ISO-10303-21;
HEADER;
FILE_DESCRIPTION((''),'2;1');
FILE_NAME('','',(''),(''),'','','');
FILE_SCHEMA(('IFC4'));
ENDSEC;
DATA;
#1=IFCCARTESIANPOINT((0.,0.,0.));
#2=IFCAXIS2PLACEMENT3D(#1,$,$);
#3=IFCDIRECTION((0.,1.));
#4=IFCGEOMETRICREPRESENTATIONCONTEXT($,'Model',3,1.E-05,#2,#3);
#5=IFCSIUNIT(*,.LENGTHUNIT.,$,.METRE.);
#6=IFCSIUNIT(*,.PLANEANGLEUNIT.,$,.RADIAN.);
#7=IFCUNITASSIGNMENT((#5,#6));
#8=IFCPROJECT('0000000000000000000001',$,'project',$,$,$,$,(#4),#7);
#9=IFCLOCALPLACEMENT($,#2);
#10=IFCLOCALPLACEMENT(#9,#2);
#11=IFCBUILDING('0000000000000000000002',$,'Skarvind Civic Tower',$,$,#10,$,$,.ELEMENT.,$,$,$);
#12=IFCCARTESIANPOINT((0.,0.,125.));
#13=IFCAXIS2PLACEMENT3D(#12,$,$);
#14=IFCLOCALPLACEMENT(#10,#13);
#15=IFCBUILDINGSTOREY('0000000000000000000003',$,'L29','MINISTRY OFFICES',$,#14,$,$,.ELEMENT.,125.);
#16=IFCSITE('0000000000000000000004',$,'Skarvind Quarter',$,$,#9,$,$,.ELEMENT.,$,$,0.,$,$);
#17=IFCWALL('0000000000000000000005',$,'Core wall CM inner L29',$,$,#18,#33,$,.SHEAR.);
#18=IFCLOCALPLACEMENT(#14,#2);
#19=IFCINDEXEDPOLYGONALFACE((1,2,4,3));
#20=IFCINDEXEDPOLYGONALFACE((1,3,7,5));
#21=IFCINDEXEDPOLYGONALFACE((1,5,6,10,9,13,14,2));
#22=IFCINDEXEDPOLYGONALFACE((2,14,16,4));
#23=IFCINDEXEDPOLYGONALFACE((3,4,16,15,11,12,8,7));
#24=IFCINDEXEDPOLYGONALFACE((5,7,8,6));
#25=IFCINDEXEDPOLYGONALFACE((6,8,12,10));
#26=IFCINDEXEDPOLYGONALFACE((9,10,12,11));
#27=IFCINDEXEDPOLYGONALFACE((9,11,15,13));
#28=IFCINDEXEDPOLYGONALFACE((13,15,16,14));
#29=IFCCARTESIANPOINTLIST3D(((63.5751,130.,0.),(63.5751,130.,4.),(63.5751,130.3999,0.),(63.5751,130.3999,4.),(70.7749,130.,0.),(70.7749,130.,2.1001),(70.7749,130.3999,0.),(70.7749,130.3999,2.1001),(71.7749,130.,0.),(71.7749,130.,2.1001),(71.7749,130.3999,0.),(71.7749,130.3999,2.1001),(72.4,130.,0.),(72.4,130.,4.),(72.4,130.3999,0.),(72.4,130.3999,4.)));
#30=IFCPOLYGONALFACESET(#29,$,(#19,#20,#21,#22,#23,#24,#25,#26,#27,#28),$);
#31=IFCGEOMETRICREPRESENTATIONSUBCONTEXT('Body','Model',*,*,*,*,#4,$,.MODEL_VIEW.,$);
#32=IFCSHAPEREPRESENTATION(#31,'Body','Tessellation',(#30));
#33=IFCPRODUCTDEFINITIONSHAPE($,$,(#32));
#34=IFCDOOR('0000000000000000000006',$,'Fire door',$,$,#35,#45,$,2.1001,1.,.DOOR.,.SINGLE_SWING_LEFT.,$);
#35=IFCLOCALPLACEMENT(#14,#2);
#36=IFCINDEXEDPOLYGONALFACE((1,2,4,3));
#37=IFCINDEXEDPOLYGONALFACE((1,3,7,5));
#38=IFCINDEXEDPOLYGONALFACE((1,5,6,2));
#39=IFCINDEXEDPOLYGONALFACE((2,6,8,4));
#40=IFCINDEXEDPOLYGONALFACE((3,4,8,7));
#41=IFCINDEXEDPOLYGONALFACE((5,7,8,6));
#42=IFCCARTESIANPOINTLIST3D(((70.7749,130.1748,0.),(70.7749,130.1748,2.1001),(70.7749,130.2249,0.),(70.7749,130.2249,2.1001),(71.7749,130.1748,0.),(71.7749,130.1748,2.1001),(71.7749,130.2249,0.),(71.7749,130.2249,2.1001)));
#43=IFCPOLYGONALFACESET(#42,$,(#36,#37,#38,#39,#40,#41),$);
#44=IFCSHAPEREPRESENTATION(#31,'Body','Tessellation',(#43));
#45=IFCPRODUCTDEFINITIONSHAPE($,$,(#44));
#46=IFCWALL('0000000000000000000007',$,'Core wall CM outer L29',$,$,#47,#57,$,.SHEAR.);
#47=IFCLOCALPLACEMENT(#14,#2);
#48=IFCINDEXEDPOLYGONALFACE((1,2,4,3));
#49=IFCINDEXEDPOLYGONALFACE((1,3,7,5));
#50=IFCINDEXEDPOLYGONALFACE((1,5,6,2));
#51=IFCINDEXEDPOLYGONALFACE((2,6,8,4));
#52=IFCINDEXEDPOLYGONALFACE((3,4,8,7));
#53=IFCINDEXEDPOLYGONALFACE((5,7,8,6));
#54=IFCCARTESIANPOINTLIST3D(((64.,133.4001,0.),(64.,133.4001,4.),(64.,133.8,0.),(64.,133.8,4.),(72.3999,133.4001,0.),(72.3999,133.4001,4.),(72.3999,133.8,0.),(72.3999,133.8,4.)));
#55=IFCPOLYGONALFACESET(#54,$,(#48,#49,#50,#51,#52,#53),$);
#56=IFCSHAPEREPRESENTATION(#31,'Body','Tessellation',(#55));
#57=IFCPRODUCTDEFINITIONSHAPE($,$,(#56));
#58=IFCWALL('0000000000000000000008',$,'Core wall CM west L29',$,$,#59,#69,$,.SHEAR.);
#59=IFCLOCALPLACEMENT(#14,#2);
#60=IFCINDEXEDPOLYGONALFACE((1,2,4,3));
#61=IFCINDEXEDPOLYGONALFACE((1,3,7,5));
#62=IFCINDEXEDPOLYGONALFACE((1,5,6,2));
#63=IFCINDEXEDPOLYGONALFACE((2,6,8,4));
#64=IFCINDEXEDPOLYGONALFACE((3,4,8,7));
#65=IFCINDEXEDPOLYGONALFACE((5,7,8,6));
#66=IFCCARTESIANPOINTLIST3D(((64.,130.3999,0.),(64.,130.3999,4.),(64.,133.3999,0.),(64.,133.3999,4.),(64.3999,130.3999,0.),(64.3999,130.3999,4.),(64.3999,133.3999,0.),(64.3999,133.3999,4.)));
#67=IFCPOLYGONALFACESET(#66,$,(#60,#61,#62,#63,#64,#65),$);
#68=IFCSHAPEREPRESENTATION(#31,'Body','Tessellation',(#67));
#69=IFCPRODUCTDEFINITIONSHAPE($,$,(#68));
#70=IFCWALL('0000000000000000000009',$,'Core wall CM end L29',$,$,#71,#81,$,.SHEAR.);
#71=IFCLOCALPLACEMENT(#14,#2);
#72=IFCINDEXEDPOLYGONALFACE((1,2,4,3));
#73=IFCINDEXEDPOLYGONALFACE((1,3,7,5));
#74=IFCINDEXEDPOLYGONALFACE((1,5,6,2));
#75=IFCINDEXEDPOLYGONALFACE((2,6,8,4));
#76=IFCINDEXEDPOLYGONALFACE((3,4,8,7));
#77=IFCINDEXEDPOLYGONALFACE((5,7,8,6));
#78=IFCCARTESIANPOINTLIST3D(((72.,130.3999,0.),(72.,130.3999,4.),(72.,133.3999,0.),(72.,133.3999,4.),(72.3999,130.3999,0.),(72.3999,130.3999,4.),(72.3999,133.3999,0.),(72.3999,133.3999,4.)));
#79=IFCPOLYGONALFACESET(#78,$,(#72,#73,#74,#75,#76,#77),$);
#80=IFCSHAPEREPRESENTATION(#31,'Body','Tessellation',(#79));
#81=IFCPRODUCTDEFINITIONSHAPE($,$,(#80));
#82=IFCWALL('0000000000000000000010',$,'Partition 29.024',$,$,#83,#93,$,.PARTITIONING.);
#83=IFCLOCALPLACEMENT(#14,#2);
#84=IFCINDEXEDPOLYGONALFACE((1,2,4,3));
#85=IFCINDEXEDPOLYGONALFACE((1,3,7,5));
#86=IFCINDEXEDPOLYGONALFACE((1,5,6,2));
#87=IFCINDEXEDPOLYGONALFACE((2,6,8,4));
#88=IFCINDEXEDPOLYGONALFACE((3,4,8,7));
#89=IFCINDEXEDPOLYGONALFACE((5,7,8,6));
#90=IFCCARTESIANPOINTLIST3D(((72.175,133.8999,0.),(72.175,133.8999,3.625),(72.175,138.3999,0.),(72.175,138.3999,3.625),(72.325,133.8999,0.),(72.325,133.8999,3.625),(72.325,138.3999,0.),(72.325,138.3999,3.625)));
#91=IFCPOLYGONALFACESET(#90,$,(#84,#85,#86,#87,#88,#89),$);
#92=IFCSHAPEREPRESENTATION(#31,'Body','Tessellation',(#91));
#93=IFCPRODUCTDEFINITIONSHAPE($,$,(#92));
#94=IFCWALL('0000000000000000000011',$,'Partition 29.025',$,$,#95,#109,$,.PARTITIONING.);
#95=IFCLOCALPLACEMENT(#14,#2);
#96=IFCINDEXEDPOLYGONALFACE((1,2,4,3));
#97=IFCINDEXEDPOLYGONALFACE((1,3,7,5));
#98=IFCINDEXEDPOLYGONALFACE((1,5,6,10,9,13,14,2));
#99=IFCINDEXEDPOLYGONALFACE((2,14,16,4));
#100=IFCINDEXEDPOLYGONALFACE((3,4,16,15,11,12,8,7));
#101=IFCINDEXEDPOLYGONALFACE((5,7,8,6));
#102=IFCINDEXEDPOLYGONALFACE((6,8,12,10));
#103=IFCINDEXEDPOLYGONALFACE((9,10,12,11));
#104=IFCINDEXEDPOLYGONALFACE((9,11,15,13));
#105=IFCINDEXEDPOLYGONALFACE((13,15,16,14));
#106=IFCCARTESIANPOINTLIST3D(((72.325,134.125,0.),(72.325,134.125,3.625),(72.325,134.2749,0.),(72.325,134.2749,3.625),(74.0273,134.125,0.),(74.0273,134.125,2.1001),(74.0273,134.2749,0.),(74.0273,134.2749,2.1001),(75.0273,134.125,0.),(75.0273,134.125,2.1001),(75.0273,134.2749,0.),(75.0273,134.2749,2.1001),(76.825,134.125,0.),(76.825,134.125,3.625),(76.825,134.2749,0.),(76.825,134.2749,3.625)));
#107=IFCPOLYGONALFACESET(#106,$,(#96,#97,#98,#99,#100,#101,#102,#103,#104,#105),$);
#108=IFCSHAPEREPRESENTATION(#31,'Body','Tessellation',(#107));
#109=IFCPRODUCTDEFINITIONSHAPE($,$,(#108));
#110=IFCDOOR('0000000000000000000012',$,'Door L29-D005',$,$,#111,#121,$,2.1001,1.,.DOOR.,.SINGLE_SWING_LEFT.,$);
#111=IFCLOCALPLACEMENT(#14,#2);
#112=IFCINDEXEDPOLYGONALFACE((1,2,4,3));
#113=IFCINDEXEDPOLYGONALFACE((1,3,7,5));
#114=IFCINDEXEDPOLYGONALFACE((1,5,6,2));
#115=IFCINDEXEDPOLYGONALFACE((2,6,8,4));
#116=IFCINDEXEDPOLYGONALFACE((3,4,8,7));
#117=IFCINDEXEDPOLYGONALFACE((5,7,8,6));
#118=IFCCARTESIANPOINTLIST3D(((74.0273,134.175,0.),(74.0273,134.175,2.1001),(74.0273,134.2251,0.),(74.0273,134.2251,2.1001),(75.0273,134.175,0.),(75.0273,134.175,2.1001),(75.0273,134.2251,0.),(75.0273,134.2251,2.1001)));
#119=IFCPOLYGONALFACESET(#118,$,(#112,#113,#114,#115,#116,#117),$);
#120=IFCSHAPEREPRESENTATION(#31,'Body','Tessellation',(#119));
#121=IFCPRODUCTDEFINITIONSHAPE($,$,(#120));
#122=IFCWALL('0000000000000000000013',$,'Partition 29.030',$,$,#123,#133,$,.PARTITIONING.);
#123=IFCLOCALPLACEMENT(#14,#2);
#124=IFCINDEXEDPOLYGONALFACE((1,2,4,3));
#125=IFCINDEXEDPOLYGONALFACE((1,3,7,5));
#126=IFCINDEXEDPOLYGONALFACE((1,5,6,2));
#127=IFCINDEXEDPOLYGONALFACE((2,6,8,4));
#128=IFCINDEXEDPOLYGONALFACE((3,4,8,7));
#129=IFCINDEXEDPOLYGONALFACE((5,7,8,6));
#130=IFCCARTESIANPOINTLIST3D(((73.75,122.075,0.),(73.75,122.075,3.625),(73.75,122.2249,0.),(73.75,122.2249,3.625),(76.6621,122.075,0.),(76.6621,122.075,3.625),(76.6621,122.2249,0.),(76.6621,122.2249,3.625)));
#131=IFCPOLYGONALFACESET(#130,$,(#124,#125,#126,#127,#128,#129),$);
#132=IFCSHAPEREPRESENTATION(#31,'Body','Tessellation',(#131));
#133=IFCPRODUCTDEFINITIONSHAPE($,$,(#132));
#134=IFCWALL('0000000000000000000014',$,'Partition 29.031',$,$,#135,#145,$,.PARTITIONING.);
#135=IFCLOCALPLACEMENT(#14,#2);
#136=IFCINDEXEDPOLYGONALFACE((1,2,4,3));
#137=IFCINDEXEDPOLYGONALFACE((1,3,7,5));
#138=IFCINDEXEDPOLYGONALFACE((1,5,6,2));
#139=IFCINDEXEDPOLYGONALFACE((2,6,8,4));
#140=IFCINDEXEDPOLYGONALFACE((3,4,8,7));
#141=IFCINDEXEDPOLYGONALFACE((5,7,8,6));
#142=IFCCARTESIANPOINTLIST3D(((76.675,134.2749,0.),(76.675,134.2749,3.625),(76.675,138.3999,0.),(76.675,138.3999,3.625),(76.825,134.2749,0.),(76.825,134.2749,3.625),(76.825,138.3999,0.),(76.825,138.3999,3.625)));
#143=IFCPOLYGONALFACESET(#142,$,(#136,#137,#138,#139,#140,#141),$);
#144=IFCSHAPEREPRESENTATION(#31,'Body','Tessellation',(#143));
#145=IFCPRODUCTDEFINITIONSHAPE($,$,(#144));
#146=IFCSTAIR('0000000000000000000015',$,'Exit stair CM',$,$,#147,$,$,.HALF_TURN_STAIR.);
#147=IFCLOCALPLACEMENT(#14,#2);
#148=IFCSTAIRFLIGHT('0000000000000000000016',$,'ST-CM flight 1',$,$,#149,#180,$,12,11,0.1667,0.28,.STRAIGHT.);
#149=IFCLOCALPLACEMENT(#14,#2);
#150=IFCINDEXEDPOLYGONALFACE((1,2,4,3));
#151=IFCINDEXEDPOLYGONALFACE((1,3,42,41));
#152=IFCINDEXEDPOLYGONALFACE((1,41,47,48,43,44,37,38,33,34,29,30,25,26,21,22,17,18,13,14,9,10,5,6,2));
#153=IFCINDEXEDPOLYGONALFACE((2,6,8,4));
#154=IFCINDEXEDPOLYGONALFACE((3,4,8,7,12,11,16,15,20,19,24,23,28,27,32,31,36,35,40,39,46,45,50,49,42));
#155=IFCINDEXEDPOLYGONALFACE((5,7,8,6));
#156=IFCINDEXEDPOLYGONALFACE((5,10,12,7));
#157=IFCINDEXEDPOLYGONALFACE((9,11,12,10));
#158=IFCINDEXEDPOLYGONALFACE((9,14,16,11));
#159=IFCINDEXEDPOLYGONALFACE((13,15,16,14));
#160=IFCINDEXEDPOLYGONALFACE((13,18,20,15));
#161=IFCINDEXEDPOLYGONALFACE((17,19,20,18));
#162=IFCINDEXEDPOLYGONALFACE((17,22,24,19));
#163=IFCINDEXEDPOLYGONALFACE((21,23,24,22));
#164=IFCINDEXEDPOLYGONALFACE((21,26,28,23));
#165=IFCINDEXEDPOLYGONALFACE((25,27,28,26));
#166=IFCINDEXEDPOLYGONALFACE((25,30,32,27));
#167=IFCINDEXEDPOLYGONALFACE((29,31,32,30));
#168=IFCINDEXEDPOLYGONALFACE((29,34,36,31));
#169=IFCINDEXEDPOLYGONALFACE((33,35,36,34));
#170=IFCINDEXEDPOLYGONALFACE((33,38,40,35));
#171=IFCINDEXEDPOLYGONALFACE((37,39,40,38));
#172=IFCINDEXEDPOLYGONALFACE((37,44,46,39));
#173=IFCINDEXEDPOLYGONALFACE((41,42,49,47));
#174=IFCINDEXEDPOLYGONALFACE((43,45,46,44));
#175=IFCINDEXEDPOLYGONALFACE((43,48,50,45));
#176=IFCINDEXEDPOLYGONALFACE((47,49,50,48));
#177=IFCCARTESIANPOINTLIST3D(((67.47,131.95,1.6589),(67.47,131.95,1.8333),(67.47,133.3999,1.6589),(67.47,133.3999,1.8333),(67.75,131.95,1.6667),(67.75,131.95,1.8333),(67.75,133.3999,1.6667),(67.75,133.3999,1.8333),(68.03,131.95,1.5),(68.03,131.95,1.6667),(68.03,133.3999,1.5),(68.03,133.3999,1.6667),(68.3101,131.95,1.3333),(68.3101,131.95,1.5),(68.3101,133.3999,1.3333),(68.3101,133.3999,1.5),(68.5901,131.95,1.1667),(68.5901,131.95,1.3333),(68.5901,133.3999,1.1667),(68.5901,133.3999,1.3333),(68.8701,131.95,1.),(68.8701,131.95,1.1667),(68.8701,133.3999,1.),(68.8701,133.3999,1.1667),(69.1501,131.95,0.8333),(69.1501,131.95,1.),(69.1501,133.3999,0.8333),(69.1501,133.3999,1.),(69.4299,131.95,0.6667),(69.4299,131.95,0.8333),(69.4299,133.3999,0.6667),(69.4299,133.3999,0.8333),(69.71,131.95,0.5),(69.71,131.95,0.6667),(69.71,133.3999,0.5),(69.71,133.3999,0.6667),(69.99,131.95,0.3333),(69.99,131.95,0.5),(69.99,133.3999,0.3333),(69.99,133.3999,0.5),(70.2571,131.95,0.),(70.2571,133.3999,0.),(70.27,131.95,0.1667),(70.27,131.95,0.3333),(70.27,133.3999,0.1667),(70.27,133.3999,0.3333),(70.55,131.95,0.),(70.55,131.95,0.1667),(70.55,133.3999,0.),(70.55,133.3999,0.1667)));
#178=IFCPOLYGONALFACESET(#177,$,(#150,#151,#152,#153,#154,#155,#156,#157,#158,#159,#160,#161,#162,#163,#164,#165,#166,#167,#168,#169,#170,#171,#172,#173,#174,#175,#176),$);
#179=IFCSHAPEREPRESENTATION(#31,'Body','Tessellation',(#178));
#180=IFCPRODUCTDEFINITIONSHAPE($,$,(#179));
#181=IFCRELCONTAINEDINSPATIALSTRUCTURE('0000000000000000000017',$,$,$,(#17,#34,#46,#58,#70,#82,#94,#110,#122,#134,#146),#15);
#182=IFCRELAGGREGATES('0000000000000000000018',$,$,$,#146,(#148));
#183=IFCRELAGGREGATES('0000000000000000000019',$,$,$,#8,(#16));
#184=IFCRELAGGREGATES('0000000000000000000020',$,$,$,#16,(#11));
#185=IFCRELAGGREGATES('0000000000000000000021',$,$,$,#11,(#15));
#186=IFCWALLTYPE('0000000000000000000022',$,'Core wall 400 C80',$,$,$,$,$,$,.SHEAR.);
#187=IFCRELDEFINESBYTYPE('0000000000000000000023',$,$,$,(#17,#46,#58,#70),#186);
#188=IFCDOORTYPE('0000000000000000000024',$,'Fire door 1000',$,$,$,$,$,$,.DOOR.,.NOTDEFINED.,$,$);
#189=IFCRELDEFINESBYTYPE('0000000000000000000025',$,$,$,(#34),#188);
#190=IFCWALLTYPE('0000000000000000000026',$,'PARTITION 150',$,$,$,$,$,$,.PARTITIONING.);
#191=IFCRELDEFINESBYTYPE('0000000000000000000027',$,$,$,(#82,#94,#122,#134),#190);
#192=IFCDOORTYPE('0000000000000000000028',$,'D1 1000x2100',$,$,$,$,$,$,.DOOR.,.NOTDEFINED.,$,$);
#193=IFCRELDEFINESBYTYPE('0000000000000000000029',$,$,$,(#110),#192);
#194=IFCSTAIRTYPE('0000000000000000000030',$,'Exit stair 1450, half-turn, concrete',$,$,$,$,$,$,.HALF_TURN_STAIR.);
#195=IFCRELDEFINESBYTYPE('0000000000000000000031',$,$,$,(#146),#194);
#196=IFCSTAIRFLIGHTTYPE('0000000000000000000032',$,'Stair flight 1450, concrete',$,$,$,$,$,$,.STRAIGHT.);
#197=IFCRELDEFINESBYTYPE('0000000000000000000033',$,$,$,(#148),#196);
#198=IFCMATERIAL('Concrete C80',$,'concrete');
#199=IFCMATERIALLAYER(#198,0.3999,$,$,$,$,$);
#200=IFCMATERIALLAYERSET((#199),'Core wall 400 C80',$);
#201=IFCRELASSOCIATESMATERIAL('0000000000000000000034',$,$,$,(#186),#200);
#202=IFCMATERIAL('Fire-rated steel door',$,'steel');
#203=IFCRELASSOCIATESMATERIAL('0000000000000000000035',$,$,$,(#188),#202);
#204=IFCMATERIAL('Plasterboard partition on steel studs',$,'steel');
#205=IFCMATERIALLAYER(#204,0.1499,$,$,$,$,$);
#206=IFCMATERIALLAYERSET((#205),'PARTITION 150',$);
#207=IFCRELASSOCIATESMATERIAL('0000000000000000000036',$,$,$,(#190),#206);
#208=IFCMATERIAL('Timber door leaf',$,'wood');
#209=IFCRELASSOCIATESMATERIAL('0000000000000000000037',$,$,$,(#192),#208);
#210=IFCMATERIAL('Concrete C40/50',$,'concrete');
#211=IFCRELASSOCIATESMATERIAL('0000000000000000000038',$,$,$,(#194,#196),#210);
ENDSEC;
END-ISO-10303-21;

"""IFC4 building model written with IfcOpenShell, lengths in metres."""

from ifc_helpers import new_model, si_unit, direction, frame, frame_2d, origin, place, context, subcontext, project, spatial, polyline, rectangle, outline, extrude, material, layer, layer_set, type_object, element, fill, aggregate, save


model = new_model("IFC4")

# Units and contexts
model_context = context("Model", 3, precision=1e-05, world=origin(), true_north=direction((0.0, 1.0)))
body_context = subcontext(model_context, "Body", "Model", "MODEL_VIEW")
ifc_project = project(units=[si_unit("LENGTHUNIT", "METRE"), si_unit("PLANEANGLEUNIT", "RADIAN")], contexts=[model_context])

# Site, building, storey
site_placement = place(None, origin())
site = spatial("IfcSite", under=ifc_project, at=site_placement, Name="Skarvind Quarter", CompositionType="ELEMENT", RefElevation=0.0)
building_placement = place(site_placement, origin())
building = spatial("IfcBuilding", under=site, at=building_placement, Name="Skarvind Civic Tower", CompositionType="ELEMENT")
storey_placement = place(building_placement, frame((0.0, 0.0, 125.0)))
storey = spatial("IfcBuildingStorey", under=building, at=storey_placement, Name="L29", Description="MINISTRY OFFICES", CompositionType="ELEMENT", Elevation=125.0)

# Shared definitions
ifc_material_1 = material(Name="Concrete C80", Category="concrete")

# Wall, opening, door
ifc_layer_1 = layer(ifc_material_1, 0.3999)
ifc_layer_set_1 = layer_set([ifc_layer_1], Name="Core wall 400 C80")
wall_type_1 = type_object("IfcWallType", Name="Core wall 400 C80", PredefinedType="SHEAR", material=ifc_layer_set_1)
wall_1_placement = place(storey_placement, frame((63.575, 130.2, 0.0), z_axis=(0.0, 0.0, 1.0), x_axis=(1.0, 0.0, 0.0)))
wall_1 = element("IfcWall", 1, at=wall_1_placement, inside=storey, type_object=wall_type_1, Name="Core wall CM inner L29", PredefinedType="SHEAR", context=body_context, shape_type="SweptSolid", body=[
    extrude(rectangle(XDim=8.825, YDim=0.3999, at=frame_2d((4.4126, 0.0))), origin(), (0.0, 0.0, 1.0), 4.0),
])
opening_1_placement = place(wall_1_placement, frame((7.2, 0.0, 0.0)))
opening_1 = element("IfcOpeningElement", 2, at=opening_1_placement, cuts=wall_1, PredefinedType="OPENING", context=body_context, shape_type="SweptSolid", body=[
    extrude(rectangle(XDim=1.0, YDim=2.1001, at=frame_2d((0.5, 1.05))), frame((0.0, 0.21, 0.0), z_axis=(0.0, -1.0, 0.0), x_axis=(1.0, 0.0, 0.0)), (0.0, 0.0, 1.0), 0.4199),
])
ifc_material_2 = material(Name="Fire-rated steel door", Category="steel")
door_type_1 = type_object("IfcDoorType", Name="Fire door 1000", OperationType="NOTDEFINED", PredefinedType="DOOR", material=ifc_material_2)
door_1_placement = place(opening_1_placement, origin())
door_1 = element("IfcDoor", 3, at=door_1_placement, inside=storey, type_object=door_type_1, Name="Fire door", OperationType="SINGLE_SWING_LEFT", OverallHeight=2.1001, OverallWidth=1.0, PredefinedType="DOOR", context=body_context, shape_type="SweptSolid", body=[
    extrude(rectangle(XDim=1.0, YDim=2.1001, at=frame_2d((0.5, 1.05))), frame((0.0, 0.0249, 0.0), z_axis=(0.0, -1.0, 0.0), x_axis=(1.0, 0.0, 0.0)), (0.0, 0.0, 1.0), 0.05),
])
fill(opening_1, door_1)

# Walls
wall_2_placement = place(storey_placement, frame((64.0, 133.6001, 0.0), z_axis=(0.0, 0.0, 1.0), x_axis=(1.0, 0.0, 0.0)))
element("IfcWall", 4, at=wall_2_placement, inside=storey, type_object=wall_type_1, Name="Core wall CM outer L29", PredefinedType="SHEAR", context=body_context, shape_type="SweptSolid", body=[
    extrude(rectangle(XDim=8.3999, YDim=0.3999, at=frame_2d((4.2, 0.0))), origin(), (0.0, 0.0, 1.0), 4.0),
])
for number, where, z_axis, x_axis, name in (
    (5, (64.2, 130.3999, 0.0), (0.0, 0.0, 1.0), (0.0, 1.0, 0.0), "Core wall CM west L29"),
    (6, (72.2, 130.3999, 0.0), (0.0, 0.0, 1.0), (0.0, 1.0, 0.0), "Core wall CM end L29"),
):
    element("IfcWall", number, at=place(storey_placement, frame(where, z_axis=z_axis, x_axis=x_axis)), inside=storey, type_object=wall_type_1, Name=name, PredefinedType="SHEAR", context=body_context, shape_type="SweptSolid", body=[
        extrude(rectangle(XDim=3.0, YDim=0.3999, at=frame_2d((1.5, 0.0))), origin(), (0.0, 0.0, 1.0), 4.0),
    ])
ifc_material_3 = material(Name="Plasterboard partition on steel studs", Category="steel")
ifc_layer_2 = layer(ifc_material_3, 0.1499)
ifc_layer_set_2 = layer_set([ifc_layer_2], Name="PARTITION 150")
wall_type_2 = type_object("IfcWallType", Name="PARTITION 150", PredefinedType="PARTITIONING", material=ifc_layer_set_2)
wall_3_placement = place(storey_placement, frame((72.25, 133.8999, 0.0), z_axis=(0.0, 0.0, 1.0), x_axis=(0.0, 1.0, 0.0)))
element("IfcWall", 7, at=wall_3_placement, inside=storey, type_object=wall_type_2, Name="Partition 29.024", PredefinedType="PARTITIONING", context=body_context, shape_type="SweptSolid", body=[
    extrude(rectangle(XDim=4.5, YDim=0.1499, at=frame_2d((2.25, 0.0))), origin(), (0.0, 0.0, 1.0), 3.625),
])

# Wall, opening, door
wall_4_placement = place(storey_placement, frame((76.825, 134.2, 0.0), z_axis=(0.0, 0.0, 1.0), x_axis=(-1.0, 0.0, 0.0)))
wall_4 = element("IfcWall", 8, at=wall_4_placement, inside=storey, type_object=wall_type_2, Name="Partition 29.025", PredefinedType="PARTITIONING", context=body_context, shape_type="SweptSolid", body=[
    extrude(rectangle(XDim=4.5, YDim=0.1499, at=frame_2d((2.25, 0.0))), origin(), (0.0, 0.0, 1.0), 3.625),
])
opening_2_placement = place(wall_4_placement, frame((1.7976, 0.0, 0.0)))
opening_2 = element("IfcOpeningElement", 9, at=opening_2_placement, cuts=wall_4, PredefinedType="OPENING", context=body_context, shape_type="SweptSolid", body=[
    extrude(rectangle(XDim=1.0, YDim=2.1001, at=frame_2d((0.5, 1.05))), frame((0.0, 0.085, 0.0), z_axis=(0.0, -1.0, 0.0), x_axis=(1.0, 0.0, 0.0)), (0.0, 0.0, 1.0), 0.1699),
])
ifc_material_4 = material(Name="Timber door leaf", Category="wood")
door_type_2 = type_object("IfcDoorType", Name="D1 1000x2100", OperationType="NOTDEFINED", PredefinedType="DOOR", material=ifc_material_4)
door_2_placement = place(opening_2_placement, origin())
door_2 = element("IfcDoor", 10, at=door_2_placement, inside=storey, type_object=door_type_2, Name="Door L29-D005", OperationType="SINGLE_SWING_LEFT", OverallHeight=2.1001, OverallWidth=1.0, PredefinedType="DOOR", context=body_context, shape_type="SweptSolid", body=[
    extrude(rectangle(XDim=1.0, YDim=2.1001, at=frame_2d((0.5, 1.05))), frame((0.0, 0.0249, 0.0), z_axis=(0.0, -1.0, 0.0), x_axis=(1.0, 0.0, 0.0)), (0.0, 0.0, 1.0), 0.05),
])
fill(opening_2, door_2)

# Walls
wall_5_placement = place(storey_placement, frame((76.6621, 122.1499, 0.0), z_axis=(0.0, 0.0, 1.0), x_axis=(-1.0, 0.0, 0.0)))
element("IfcWall", 11, at=wall_5_placement, inside=storey, type_object=wall_type_2, Name="Partition 29.030", PredefinedType="PARTITIONING", context=body_context, shape_type="SweptSolid", body=[
    extrude(rectangle(XDim=2.9121, YDim=0.1499, at=frame_2d((1.4561, 0.0))), origin(), (0.0, 0.0, 1.0), 3.625),
])
wall_6_placement = place(storey_placement, frame((76.75, 134.2749, 0.0), z_axis=(0.0, 0.0, 1.0), x_axis=(0.0, 1.0, 0.0)))
element("IfcWall", 12, at=wall_6_placement, inside=storey, type_object=wall_type_2, Name="Partition 29.031", PredefinedType="PARTITIONING", context=body_context, shape_type="SweptSolid", body=[
    extrude(rectangle(XDim=4.125, YDim=0.1499, at=frame_2d((2.0625, 0.0))), origin(), (0.0, 0.0, 1.0), 3.625),
])

# Stair, stair flight
ifc_material_5 = material(Name="Concrete C40/50", Category="concrete")
stair_type = type_object("IfcStairType", Name="Exit stair 1450, half-turn, concrete", PredefinedType="HALF_TURN_STAIR", material=ifc_material_5)
stair_placement = place(storey_placement, origin())
stair = element("IfcStair", 13, at=stair_placement, inside=storey, type_object=stair_type, Name="Exit stair CM", PredefinedType="HALF_TURN_STAIR")
stair_flight_type = type_object("IfcStairFlightType", Name="Stair flight 1450, concrete", PredefinedType="STRAIGHT", material=ifc_material_5)
stair_flight_1_placement = place(storey_placement, frame((70.55, 132.675, 0.0), z_axis=(0.0, 0.0, 1.0), x_axis=(-1.0, 0.0, 0.0)))
stair_flight_1 = element("IfcStairFlight", 14, at=stair_flight_1_placement, type_object=stair_flight_type, Name="ST-CM flight 1", NumberOfRisers=12, NumberOfTreads=11, PredefinedType="STRAIGHT", RiserHeight=0.1667, TreadLength=0.28, context=body_context, shape_type="SweptSolid", body=[
    extrude(outline(polyline([(0.0, 0.0), (0.0, 0.1667), (0.28, 0.1667), (0.28, 0.3333), (0.5601, 0.3333), (0.5601, 0.5), (0.8401, 0.5), (0.8401, 0.6667), (1.1201, 0.6667), (1.1201, 0.8333), (1.3999, 0.8333), (1.3999, 1.0), (1.6799, 1.0), (1.6799, 1.1667), (1.96, 1.1667), (1.96, 1.3333), (2.24, 1.3333), (2.24, 1.5), (2.52, 1.5), (2.52, 1.6667), (2.8, 1.6667), (2.8, 1.8333), (3.0801, 1.8333), (3.0801, 2.0), (3.0801, 1.6589), (0.293, 0.0), (0.0, 0.0)])), frame((0.0, 0.7251, 0.0), z_axis=(0.0, -1.0, 0.0), x_axis=(1.0, 0.0, 0.0)), (0.0, 0.0, 1.0), 1.45),
])
aggregate(stair, [stair_flight_1])

save(model, "model.ifc")
